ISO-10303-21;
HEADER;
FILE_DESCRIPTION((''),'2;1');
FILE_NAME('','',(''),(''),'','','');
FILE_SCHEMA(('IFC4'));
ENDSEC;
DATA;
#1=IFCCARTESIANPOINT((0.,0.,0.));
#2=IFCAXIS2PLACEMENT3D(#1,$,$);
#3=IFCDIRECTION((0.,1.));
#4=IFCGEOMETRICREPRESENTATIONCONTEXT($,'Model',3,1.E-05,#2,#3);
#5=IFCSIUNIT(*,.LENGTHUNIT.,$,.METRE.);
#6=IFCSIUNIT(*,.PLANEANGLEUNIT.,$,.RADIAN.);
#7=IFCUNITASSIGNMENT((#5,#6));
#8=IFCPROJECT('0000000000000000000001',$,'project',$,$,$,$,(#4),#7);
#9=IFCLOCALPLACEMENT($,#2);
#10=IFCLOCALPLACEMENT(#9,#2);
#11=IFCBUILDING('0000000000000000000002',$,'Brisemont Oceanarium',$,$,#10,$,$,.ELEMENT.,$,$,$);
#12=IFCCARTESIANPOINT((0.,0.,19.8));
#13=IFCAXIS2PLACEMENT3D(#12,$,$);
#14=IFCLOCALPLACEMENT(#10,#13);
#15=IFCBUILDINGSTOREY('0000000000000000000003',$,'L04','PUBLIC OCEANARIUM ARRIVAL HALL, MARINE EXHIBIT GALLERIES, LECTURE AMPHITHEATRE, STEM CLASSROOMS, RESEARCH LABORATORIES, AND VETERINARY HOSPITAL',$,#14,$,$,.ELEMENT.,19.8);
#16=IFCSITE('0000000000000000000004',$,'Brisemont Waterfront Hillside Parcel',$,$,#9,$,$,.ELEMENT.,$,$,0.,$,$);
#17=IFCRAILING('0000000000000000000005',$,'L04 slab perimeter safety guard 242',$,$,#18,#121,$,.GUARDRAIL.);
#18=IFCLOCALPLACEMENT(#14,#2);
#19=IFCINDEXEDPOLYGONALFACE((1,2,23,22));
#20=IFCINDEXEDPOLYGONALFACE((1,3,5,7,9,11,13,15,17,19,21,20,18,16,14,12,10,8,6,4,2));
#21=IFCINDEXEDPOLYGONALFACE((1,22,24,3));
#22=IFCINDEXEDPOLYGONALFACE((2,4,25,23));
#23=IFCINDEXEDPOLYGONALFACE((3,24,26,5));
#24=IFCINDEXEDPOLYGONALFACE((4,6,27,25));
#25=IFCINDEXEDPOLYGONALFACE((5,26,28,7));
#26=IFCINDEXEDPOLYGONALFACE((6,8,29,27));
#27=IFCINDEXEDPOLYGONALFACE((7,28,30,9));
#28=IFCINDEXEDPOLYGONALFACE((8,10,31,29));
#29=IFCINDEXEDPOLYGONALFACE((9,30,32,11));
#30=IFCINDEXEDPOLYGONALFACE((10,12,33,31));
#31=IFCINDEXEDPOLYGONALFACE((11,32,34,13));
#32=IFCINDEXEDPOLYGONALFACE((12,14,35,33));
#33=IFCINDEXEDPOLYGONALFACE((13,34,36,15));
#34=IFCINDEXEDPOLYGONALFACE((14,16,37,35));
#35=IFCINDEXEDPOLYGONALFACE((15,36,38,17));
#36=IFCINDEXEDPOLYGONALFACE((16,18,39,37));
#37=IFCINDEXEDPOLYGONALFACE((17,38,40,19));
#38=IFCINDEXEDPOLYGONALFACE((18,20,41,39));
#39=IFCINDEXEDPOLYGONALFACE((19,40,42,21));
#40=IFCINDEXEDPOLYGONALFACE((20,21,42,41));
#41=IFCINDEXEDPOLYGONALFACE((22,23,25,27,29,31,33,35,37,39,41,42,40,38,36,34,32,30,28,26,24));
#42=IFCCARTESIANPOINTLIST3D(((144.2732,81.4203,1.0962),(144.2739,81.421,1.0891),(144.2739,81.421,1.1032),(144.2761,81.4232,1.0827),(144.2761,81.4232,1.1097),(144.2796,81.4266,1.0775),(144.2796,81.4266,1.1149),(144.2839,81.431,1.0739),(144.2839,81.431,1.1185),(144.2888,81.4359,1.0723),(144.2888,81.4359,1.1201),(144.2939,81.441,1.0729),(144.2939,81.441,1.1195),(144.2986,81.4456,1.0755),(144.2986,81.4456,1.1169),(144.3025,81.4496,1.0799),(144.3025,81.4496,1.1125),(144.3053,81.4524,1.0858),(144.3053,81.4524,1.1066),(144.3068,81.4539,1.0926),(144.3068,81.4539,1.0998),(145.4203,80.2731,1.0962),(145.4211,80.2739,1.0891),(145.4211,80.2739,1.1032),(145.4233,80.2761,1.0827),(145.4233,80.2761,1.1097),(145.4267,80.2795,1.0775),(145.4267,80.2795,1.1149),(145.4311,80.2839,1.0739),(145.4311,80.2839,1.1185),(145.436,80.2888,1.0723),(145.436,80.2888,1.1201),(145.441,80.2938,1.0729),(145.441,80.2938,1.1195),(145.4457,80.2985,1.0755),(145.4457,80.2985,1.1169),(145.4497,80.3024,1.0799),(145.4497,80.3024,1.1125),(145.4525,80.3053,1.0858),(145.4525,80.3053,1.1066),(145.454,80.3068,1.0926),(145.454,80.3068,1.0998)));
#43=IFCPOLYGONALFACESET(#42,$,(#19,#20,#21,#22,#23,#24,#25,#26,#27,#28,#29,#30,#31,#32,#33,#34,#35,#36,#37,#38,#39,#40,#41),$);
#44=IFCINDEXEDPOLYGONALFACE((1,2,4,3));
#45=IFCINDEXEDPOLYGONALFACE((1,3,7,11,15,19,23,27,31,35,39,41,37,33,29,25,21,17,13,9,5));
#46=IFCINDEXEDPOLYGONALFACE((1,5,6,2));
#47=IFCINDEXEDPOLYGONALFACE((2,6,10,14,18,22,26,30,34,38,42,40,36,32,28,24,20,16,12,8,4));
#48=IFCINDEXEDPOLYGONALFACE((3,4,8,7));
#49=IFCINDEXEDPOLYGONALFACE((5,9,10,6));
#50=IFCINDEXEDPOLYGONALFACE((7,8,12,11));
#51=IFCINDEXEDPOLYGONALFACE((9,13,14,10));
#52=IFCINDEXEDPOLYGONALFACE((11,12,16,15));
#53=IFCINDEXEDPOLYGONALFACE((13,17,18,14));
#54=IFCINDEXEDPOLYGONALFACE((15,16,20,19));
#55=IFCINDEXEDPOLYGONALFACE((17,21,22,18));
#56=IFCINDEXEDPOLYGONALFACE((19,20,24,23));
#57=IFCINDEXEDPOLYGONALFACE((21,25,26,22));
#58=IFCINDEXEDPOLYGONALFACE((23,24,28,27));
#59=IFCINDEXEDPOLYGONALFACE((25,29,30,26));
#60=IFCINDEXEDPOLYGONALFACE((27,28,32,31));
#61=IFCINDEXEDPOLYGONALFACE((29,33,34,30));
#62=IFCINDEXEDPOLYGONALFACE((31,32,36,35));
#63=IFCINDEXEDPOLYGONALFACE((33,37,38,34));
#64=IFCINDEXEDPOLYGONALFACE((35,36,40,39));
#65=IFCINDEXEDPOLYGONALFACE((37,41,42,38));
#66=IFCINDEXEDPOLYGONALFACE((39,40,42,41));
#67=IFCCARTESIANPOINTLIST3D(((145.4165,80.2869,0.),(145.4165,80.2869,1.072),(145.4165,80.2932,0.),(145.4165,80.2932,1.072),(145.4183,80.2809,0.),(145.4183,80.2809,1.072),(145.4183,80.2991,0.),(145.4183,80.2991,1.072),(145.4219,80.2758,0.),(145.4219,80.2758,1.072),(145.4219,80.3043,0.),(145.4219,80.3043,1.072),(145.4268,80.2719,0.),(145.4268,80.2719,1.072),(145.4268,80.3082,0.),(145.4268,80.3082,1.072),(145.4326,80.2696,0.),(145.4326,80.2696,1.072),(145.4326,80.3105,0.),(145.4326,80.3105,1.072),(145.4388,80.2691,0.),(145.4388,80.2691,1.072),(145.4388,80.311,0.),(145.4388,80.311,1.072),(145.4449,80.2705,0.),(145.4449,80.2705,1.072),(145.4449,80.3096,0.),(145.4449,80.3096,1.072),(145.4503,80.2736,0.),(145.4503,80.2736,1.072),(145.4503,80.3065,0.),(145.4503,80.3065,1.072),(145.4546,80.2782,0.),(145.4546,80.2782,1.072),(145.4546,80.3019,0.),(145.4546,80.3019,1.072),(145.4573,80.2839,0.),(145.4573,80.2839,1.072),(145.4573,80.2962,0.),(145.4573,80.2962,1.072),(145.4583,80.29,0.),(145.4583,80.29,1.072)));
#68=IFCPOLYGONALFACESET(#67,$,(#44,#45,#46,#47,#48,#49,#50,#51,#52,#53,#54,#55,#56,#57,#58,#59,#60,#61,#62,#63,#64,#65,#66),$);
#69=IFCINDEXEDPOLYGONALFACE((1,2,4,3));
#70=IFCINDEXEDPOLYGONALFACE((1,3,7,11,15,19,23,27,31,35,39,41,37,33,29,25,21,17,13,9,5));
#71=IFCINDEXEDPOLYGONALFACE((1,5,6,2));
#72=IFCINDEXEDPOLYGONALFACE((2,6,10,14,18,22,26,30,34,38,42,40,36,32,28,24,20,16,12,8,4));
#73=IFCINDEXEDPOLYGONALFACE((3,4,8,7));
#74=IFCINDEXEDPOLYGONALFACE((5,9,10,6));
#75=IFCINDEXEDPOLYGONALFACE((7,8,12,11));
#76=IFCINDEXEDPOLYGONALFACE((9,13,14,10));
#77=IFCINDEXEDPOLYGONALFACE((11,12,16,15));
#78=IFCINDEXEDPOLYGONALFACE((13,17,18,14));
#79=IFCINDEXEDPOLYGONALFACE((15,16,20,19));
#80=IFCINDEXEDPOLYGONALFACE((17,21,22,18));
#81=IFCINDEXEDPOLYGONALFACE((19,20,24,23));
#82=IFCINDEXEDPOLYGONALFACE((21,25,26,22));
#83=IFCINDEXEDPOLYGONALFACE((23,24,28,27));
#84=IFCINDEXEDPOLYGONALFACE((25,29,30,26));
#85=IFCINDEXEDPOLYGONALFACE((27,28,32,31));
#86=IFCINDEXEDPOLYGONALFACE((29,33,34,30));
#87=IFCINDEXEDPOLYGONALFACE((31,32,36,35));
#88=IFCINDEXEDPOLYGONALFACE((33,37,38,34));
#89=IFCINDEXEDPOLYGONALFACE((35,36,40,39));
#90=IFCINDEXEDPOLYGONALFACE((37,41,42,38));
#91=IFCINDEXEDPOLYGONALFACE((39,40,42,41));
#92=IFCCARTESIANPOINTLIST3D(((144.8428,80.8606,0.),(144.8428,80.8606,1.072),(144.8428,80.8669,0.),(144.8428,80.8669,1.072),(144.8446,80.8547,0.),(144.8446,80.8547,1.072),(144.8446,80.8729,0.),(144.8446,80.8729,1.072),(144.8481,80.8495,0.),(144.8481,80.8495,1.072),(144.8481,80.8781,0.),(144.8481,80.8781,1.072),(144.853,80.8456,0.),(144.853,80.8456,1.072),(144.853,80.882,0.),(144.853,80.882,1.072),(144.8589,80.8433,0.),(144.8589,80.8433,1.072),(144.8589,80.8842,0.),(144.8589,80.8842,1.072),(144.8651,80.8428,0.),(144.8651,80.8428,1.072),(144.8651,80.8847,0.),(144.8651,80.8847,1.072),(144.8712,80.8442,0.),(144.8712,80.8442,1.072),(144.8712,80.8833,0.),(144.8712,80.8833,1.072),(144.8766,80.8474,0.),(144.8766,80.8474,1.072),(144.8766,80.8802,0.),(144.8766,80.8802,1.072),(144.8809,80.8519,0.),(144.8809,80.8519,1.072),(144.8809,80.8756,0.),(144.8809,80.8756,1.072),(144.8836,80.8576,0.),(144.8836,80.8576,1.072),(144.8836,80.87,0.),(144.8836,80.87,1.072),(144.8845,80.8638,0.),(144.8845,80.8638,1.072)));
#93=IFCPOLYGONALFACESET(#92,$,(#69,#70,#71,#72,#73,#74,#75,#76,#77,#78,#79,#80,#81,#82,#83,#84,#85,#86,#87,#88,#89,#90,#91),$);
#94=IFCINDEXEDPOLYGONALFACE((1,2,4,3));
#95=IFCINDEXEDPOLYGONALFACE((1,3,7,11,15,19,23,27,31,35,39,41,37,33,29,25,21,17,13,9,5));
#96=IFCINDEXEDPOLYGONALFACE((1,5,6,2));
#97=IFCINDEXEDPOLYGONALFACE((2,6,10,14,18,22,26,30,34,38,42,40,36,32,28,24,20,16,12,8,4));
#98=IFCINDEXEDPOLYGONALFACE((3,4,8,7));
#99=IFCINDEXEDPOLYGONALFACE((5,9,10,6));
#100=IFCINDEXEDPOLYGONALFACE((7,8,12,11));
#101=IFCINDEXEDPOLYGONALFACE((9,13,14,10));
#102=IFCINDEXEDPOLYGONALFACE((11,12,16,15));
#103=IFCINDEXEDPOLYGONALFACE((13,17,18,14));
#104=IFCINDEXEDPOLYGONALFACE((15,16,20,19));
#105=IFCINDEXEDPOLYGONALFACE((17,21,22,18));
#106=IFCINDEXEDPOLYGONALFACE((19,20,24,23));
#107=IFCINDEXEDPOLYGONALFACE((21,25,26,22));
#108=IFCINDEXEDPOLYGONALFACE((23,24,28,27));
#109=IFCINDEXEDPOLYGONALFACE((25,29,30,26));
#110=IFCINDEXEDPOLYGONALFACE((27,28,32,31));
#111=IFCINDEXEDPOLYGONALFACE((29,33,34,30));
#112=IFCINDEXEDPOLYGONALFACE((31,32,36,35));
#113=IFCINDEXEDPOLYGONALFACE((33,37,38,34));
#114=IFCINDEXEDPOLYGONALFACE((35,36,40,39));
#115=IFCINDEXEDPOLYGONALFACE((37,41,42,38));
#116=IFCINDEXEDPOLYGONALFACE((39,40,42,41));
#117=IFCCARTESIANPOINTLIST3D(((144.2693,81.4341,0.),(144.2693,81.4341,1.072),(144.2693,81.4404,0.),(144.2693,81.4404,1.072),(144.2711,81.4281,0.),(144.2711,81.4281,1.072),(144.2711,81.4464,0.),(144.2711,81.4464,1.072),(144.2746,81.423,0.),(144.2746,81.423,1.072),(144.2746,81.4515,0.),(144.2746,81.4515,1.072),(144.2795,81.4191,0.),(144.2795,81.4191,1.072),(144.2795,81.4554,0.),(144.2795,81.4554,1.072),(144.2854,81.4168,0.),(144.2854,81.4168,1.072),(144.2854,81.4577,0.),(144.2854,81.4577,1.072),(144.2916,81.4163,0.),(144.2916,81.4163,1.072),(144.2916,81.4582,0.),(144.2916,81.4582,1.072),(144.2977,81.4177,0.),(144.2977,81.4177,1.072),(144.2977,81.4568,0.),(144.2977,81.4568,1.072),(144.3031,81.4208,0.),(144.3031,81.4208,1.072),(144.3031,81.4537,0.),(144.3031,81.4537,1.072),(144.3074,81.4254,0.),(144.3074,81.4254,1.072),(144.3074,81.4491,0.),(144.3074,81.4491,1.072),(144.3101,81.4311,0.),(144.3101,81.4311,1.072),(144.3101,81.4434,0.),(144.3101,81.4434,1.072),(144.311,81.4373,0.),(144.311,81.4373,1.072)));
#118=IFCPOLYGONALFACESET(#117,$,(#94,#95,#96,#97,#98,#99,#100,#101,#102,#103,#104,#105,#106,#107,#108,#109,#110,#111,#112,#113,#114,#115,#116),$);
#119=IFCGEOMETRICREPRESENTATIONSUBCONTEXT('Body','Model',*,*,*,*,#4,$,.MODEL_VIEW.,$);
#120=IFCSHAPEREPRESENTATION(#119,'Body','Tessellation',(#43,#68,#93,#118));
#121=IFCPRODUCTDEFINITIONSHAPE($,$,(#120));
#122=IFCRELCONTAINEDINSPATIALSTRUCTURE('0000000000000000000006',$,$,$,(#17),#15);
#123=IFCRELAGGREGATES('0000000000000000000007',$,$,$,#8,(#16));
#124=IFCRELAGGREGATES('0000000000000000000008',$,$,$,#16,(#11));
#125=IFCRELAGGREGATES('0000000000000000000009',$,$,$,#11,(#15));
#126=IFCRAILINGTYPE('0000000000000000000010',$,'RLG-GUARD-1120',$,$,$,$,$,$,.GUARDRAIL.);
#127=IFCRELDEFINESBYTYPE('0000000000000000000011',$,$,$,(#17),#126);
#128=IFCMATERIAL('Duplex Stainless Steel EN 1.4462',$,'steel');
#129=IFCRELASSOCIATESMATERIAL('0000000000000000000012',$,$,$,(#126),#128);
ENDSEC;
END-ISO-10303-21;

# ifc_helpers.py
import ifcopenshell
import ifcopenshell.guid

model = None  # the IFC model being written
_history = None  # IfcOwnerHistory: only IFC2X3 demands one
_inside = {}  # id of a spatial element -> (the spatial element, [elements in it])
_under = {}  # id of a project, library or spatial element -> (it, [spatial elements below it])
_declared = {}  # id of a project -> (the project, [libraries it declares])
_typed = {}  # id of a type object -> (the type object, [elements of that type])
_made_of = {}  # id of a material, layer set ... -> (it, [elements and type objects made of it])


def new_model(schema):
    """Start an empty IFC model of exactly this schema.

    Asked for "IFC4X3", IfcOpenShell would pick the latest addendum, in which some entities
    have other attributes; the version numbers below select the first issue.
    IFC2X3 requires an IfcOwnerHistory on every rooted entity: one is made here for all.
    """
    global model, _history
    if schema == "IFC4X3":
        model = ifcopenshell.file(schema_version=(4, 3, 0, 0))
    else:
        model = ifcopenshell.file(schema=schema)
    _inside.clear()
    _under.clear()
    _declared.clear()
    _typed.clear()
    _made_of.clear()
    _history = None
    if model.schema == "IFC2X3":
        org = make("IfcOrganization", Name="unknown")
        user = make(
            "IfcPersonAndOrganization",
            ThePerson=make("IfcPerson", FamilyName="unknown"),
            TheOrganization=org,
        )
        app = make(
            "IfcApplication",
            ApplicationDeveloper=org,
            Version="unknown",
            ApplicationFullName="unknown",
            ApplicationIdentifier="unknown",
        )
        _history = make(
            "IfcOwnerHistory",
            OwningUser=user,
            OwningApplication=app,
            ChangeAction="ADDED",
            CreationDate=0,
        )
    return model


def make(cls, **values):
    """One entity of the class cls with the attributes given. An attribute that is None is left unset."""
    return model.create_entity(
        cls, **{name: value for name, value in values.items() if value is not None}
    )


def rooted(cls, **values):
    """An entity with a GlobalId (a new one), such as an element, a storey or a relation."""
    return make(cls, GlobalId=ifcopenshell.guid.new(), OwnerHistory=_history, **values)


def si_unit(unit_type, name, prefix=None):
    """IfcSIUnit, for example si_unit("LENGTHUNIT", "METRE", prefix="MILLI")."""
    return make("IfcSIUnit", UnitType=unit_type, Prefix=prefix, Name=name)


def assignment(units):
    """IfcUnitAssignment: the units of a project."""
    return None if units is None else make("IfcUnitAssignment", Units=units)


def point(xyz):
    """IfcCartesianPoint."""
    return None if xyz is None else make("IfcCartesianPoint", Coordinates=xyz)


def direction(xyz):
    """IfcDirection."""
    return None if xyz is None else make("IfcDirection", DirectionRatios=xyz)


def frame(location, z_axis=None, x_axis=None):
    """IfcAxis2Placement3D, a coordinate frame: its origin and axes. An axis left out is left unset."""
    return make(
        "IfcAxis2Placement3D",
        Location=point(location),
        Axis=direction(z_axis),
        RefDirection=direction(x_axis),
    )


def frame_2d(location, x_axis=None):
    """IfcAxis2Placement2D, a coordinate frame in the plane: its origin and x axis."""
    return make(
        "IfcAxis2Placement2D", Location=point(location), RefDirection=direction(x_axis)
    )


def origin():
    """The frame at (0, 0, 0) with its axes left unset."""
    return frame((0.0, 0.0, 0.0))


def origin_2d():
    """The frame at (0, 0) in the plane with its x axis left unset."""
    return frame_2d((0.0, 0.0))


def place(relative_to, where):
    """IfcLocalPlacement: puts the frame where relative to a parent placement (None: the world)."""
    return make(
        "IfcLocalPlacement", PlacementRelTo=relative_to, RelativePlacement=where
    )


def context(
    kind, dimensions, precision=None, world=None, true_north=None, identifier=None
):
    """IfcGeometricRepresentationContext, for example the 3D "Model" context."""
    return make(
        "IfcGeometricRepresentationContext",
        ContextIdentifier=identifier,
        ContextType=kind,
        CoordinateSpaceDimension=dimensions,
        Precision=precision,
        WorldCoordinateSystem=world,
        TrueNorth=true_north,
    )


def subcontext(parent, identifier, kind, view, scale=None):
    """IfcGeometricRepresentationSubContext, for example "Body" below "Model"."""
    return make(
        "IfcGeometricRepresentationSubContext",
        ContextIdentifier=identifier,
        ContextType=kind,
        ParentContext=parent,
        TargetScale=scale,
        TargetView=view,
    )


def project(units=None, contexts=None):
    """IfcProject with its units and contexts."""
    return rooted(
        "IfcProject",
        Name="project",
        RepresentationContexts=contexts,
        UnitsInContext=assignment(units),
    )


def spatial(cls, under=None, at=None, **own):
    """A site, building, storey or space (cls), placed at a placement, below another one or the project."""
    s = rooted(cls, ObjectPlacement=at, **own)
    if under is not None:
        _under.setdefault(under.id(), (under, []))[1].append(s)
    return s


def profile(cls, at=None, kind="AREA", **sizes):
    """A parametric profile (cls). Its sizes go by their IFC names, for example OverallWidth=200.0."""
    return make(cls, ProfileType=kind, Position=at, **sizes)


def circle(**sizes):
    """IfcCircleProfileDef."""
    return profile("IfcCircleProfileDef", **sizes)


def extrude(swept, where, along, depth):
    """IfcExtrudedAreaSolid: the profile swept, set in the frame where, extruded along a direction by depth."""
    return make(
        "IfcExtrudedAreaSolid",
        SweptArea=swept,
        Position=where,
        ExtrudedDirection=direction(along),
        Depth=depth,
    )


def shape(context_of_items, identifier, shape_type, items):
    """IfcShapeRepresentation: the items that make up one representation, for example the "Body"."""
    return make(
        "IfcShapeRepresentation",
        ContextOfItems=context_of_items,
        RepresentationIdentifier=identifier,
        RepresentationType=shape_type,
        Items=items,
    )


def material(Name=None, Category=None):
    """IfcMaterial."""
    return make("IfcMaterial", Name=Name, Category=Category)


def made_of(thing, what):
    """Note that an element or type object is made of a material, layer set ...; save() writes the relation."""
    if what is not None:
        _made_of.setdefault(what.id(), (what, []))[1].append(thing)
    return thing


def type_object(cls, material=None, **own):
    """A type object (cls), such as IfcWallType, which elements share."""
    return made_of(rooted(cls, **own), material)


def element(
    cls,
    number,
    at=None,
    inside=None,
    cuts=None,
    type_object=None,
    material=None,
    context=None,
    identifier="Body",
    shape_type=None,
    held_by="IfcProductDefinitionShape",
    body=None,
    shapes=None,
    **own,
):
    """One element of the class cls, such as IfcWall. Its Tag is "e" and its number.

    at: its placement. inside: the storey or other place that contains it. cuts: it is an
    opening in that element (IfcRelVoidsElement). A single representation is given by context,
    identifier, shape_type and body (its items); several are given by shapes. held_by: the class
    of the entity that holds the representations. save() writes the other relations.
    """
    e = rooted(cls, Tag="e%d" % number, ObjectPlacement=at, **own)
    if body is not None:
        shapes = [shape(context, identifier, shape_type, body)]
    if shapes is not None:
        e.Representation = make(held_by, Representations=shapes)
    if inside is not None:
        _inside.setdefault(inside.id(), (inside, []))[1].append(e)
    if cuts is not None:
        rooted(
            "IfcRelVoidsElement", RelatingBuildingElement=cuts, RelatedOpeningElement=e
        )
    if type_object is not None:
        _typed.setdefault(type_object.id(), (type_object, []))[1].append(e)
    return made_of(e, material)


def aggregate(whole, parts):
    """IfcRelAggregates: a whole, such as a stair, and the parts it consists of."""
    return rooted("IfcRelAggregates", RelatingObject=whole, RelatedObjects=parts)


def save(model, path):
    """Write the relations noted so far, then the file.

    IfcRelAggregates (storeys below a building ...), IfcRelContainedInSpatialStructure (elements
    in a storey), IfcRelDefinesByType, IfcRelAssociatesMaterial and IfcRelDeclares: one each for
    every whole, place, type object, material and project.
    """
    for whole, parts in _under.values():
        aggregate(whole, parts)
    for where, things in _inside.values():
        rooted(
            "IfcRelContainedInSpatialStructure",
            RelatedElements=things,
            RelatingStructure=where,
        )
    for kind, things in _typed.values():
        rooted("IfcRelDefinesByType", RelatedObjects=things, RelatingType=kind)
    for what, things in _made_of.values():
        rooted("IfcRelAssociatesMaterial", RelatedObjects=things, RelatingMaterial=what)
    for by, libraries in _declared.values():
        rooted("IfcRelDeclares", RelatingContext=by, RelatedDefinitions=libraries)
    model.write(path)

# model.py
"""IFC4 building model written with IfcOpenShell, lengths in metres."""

from ifc_helpers import new_model, si_unit, direction, frame, origin, origin_2d, place, context, subcontext, project, spatial, circle, extrude, material, type_object, element, save


model = new_model("IFC4")

# Units and contexts
model_context = context("Model", 3, precision=1e-05, world=origin(), true_north=direction((0.0, 1.0)))
body_context = subcontext(model_context, "Body", "Model", "MODEL_VIEW")
ifc_project = project(units=[si_unit("LENGTHUNIT", "METRE"), si_unit("PLANEANGLEUNIT", "RADIAN")], contexts=[model_context])

# Site, building, storey
site_placement = place(None, origin())
site = spatial("IfcSite", under=ifc_project, at=site_placement, Name="Brisemont Waterfront Hillside Parcel", CompositionType="ELEMENT", RefElevation=0.0)
building_placement = place(site_placement, origin())
building = spatial("IfcBuilding", under=site, at=building_placement, Name="Brisemont Oceanarium", CompositionType="ELEMENT")
storey_placement = place(building_placement, frame((0.0, 0.0, 19.8)))
storey = spatial("IfcBuildingStorey", under=building, at=storey_placement, Name="L04", Description="PUBLIC OCEANARIUM ARRIVAL HALL, MARINE EXHIBIT GALLERIES, LECTURE AMPHITHEATRE, STEM CLASSROOMS, RESEARCH LABORATORIES, AND VETERINARY HOSPITAL", CompositionType="ELEMENT", Elevation=19.8)

# Railing
ifc_material_1 = material(Name="Duplex Stainless Steel EN 1.4462", Category="steel")
railing_type_1 = type_object("IfcRailingType", Name="RLG-GUARD-1120", PredefinedType="GUARDRAIL", material=ifc_material_1)
railing_1_placement = place(storey_placement, frame((145.4373, 80.29, 0.0)))
element("IfcRailing", 1, at=railing_1_placement, inside=storey, type_object=railing_type_1, Name="L04 slab perimeter safety guard 242", PredefinedType="GUARDRAIL", context=body_context, shape_type="SweptSolid", body=[
    extrude(circle(Radius=0.0239, at=origin_2d()), frame((0.0, 0.0, 1.0962), z_axis=(-0.707107, 0.707107, 0.0), x_axis=(-0.707107, -0.707107, 0.0)), (0.0, 0.0, 1.0), 1.6223),
    extrude(circle(Radius=0.021, at=origin_2d()), origin(), (0.0, 0.0, 1.0), 1.072),
    extrude(circle(Radius=0.021, at=origin_2d()), frame((-0.5737, 0.5737, 0.0)), (0.0, 0.0, 1.0), 1.072),
    extrude(circle(Radius=0.021, at=origin_2d()), frame((-1.1472, 1.1472, 0.0)), (0.0, 0.0, 1.0), 1.072),
])

save(model, "model.ifc")
